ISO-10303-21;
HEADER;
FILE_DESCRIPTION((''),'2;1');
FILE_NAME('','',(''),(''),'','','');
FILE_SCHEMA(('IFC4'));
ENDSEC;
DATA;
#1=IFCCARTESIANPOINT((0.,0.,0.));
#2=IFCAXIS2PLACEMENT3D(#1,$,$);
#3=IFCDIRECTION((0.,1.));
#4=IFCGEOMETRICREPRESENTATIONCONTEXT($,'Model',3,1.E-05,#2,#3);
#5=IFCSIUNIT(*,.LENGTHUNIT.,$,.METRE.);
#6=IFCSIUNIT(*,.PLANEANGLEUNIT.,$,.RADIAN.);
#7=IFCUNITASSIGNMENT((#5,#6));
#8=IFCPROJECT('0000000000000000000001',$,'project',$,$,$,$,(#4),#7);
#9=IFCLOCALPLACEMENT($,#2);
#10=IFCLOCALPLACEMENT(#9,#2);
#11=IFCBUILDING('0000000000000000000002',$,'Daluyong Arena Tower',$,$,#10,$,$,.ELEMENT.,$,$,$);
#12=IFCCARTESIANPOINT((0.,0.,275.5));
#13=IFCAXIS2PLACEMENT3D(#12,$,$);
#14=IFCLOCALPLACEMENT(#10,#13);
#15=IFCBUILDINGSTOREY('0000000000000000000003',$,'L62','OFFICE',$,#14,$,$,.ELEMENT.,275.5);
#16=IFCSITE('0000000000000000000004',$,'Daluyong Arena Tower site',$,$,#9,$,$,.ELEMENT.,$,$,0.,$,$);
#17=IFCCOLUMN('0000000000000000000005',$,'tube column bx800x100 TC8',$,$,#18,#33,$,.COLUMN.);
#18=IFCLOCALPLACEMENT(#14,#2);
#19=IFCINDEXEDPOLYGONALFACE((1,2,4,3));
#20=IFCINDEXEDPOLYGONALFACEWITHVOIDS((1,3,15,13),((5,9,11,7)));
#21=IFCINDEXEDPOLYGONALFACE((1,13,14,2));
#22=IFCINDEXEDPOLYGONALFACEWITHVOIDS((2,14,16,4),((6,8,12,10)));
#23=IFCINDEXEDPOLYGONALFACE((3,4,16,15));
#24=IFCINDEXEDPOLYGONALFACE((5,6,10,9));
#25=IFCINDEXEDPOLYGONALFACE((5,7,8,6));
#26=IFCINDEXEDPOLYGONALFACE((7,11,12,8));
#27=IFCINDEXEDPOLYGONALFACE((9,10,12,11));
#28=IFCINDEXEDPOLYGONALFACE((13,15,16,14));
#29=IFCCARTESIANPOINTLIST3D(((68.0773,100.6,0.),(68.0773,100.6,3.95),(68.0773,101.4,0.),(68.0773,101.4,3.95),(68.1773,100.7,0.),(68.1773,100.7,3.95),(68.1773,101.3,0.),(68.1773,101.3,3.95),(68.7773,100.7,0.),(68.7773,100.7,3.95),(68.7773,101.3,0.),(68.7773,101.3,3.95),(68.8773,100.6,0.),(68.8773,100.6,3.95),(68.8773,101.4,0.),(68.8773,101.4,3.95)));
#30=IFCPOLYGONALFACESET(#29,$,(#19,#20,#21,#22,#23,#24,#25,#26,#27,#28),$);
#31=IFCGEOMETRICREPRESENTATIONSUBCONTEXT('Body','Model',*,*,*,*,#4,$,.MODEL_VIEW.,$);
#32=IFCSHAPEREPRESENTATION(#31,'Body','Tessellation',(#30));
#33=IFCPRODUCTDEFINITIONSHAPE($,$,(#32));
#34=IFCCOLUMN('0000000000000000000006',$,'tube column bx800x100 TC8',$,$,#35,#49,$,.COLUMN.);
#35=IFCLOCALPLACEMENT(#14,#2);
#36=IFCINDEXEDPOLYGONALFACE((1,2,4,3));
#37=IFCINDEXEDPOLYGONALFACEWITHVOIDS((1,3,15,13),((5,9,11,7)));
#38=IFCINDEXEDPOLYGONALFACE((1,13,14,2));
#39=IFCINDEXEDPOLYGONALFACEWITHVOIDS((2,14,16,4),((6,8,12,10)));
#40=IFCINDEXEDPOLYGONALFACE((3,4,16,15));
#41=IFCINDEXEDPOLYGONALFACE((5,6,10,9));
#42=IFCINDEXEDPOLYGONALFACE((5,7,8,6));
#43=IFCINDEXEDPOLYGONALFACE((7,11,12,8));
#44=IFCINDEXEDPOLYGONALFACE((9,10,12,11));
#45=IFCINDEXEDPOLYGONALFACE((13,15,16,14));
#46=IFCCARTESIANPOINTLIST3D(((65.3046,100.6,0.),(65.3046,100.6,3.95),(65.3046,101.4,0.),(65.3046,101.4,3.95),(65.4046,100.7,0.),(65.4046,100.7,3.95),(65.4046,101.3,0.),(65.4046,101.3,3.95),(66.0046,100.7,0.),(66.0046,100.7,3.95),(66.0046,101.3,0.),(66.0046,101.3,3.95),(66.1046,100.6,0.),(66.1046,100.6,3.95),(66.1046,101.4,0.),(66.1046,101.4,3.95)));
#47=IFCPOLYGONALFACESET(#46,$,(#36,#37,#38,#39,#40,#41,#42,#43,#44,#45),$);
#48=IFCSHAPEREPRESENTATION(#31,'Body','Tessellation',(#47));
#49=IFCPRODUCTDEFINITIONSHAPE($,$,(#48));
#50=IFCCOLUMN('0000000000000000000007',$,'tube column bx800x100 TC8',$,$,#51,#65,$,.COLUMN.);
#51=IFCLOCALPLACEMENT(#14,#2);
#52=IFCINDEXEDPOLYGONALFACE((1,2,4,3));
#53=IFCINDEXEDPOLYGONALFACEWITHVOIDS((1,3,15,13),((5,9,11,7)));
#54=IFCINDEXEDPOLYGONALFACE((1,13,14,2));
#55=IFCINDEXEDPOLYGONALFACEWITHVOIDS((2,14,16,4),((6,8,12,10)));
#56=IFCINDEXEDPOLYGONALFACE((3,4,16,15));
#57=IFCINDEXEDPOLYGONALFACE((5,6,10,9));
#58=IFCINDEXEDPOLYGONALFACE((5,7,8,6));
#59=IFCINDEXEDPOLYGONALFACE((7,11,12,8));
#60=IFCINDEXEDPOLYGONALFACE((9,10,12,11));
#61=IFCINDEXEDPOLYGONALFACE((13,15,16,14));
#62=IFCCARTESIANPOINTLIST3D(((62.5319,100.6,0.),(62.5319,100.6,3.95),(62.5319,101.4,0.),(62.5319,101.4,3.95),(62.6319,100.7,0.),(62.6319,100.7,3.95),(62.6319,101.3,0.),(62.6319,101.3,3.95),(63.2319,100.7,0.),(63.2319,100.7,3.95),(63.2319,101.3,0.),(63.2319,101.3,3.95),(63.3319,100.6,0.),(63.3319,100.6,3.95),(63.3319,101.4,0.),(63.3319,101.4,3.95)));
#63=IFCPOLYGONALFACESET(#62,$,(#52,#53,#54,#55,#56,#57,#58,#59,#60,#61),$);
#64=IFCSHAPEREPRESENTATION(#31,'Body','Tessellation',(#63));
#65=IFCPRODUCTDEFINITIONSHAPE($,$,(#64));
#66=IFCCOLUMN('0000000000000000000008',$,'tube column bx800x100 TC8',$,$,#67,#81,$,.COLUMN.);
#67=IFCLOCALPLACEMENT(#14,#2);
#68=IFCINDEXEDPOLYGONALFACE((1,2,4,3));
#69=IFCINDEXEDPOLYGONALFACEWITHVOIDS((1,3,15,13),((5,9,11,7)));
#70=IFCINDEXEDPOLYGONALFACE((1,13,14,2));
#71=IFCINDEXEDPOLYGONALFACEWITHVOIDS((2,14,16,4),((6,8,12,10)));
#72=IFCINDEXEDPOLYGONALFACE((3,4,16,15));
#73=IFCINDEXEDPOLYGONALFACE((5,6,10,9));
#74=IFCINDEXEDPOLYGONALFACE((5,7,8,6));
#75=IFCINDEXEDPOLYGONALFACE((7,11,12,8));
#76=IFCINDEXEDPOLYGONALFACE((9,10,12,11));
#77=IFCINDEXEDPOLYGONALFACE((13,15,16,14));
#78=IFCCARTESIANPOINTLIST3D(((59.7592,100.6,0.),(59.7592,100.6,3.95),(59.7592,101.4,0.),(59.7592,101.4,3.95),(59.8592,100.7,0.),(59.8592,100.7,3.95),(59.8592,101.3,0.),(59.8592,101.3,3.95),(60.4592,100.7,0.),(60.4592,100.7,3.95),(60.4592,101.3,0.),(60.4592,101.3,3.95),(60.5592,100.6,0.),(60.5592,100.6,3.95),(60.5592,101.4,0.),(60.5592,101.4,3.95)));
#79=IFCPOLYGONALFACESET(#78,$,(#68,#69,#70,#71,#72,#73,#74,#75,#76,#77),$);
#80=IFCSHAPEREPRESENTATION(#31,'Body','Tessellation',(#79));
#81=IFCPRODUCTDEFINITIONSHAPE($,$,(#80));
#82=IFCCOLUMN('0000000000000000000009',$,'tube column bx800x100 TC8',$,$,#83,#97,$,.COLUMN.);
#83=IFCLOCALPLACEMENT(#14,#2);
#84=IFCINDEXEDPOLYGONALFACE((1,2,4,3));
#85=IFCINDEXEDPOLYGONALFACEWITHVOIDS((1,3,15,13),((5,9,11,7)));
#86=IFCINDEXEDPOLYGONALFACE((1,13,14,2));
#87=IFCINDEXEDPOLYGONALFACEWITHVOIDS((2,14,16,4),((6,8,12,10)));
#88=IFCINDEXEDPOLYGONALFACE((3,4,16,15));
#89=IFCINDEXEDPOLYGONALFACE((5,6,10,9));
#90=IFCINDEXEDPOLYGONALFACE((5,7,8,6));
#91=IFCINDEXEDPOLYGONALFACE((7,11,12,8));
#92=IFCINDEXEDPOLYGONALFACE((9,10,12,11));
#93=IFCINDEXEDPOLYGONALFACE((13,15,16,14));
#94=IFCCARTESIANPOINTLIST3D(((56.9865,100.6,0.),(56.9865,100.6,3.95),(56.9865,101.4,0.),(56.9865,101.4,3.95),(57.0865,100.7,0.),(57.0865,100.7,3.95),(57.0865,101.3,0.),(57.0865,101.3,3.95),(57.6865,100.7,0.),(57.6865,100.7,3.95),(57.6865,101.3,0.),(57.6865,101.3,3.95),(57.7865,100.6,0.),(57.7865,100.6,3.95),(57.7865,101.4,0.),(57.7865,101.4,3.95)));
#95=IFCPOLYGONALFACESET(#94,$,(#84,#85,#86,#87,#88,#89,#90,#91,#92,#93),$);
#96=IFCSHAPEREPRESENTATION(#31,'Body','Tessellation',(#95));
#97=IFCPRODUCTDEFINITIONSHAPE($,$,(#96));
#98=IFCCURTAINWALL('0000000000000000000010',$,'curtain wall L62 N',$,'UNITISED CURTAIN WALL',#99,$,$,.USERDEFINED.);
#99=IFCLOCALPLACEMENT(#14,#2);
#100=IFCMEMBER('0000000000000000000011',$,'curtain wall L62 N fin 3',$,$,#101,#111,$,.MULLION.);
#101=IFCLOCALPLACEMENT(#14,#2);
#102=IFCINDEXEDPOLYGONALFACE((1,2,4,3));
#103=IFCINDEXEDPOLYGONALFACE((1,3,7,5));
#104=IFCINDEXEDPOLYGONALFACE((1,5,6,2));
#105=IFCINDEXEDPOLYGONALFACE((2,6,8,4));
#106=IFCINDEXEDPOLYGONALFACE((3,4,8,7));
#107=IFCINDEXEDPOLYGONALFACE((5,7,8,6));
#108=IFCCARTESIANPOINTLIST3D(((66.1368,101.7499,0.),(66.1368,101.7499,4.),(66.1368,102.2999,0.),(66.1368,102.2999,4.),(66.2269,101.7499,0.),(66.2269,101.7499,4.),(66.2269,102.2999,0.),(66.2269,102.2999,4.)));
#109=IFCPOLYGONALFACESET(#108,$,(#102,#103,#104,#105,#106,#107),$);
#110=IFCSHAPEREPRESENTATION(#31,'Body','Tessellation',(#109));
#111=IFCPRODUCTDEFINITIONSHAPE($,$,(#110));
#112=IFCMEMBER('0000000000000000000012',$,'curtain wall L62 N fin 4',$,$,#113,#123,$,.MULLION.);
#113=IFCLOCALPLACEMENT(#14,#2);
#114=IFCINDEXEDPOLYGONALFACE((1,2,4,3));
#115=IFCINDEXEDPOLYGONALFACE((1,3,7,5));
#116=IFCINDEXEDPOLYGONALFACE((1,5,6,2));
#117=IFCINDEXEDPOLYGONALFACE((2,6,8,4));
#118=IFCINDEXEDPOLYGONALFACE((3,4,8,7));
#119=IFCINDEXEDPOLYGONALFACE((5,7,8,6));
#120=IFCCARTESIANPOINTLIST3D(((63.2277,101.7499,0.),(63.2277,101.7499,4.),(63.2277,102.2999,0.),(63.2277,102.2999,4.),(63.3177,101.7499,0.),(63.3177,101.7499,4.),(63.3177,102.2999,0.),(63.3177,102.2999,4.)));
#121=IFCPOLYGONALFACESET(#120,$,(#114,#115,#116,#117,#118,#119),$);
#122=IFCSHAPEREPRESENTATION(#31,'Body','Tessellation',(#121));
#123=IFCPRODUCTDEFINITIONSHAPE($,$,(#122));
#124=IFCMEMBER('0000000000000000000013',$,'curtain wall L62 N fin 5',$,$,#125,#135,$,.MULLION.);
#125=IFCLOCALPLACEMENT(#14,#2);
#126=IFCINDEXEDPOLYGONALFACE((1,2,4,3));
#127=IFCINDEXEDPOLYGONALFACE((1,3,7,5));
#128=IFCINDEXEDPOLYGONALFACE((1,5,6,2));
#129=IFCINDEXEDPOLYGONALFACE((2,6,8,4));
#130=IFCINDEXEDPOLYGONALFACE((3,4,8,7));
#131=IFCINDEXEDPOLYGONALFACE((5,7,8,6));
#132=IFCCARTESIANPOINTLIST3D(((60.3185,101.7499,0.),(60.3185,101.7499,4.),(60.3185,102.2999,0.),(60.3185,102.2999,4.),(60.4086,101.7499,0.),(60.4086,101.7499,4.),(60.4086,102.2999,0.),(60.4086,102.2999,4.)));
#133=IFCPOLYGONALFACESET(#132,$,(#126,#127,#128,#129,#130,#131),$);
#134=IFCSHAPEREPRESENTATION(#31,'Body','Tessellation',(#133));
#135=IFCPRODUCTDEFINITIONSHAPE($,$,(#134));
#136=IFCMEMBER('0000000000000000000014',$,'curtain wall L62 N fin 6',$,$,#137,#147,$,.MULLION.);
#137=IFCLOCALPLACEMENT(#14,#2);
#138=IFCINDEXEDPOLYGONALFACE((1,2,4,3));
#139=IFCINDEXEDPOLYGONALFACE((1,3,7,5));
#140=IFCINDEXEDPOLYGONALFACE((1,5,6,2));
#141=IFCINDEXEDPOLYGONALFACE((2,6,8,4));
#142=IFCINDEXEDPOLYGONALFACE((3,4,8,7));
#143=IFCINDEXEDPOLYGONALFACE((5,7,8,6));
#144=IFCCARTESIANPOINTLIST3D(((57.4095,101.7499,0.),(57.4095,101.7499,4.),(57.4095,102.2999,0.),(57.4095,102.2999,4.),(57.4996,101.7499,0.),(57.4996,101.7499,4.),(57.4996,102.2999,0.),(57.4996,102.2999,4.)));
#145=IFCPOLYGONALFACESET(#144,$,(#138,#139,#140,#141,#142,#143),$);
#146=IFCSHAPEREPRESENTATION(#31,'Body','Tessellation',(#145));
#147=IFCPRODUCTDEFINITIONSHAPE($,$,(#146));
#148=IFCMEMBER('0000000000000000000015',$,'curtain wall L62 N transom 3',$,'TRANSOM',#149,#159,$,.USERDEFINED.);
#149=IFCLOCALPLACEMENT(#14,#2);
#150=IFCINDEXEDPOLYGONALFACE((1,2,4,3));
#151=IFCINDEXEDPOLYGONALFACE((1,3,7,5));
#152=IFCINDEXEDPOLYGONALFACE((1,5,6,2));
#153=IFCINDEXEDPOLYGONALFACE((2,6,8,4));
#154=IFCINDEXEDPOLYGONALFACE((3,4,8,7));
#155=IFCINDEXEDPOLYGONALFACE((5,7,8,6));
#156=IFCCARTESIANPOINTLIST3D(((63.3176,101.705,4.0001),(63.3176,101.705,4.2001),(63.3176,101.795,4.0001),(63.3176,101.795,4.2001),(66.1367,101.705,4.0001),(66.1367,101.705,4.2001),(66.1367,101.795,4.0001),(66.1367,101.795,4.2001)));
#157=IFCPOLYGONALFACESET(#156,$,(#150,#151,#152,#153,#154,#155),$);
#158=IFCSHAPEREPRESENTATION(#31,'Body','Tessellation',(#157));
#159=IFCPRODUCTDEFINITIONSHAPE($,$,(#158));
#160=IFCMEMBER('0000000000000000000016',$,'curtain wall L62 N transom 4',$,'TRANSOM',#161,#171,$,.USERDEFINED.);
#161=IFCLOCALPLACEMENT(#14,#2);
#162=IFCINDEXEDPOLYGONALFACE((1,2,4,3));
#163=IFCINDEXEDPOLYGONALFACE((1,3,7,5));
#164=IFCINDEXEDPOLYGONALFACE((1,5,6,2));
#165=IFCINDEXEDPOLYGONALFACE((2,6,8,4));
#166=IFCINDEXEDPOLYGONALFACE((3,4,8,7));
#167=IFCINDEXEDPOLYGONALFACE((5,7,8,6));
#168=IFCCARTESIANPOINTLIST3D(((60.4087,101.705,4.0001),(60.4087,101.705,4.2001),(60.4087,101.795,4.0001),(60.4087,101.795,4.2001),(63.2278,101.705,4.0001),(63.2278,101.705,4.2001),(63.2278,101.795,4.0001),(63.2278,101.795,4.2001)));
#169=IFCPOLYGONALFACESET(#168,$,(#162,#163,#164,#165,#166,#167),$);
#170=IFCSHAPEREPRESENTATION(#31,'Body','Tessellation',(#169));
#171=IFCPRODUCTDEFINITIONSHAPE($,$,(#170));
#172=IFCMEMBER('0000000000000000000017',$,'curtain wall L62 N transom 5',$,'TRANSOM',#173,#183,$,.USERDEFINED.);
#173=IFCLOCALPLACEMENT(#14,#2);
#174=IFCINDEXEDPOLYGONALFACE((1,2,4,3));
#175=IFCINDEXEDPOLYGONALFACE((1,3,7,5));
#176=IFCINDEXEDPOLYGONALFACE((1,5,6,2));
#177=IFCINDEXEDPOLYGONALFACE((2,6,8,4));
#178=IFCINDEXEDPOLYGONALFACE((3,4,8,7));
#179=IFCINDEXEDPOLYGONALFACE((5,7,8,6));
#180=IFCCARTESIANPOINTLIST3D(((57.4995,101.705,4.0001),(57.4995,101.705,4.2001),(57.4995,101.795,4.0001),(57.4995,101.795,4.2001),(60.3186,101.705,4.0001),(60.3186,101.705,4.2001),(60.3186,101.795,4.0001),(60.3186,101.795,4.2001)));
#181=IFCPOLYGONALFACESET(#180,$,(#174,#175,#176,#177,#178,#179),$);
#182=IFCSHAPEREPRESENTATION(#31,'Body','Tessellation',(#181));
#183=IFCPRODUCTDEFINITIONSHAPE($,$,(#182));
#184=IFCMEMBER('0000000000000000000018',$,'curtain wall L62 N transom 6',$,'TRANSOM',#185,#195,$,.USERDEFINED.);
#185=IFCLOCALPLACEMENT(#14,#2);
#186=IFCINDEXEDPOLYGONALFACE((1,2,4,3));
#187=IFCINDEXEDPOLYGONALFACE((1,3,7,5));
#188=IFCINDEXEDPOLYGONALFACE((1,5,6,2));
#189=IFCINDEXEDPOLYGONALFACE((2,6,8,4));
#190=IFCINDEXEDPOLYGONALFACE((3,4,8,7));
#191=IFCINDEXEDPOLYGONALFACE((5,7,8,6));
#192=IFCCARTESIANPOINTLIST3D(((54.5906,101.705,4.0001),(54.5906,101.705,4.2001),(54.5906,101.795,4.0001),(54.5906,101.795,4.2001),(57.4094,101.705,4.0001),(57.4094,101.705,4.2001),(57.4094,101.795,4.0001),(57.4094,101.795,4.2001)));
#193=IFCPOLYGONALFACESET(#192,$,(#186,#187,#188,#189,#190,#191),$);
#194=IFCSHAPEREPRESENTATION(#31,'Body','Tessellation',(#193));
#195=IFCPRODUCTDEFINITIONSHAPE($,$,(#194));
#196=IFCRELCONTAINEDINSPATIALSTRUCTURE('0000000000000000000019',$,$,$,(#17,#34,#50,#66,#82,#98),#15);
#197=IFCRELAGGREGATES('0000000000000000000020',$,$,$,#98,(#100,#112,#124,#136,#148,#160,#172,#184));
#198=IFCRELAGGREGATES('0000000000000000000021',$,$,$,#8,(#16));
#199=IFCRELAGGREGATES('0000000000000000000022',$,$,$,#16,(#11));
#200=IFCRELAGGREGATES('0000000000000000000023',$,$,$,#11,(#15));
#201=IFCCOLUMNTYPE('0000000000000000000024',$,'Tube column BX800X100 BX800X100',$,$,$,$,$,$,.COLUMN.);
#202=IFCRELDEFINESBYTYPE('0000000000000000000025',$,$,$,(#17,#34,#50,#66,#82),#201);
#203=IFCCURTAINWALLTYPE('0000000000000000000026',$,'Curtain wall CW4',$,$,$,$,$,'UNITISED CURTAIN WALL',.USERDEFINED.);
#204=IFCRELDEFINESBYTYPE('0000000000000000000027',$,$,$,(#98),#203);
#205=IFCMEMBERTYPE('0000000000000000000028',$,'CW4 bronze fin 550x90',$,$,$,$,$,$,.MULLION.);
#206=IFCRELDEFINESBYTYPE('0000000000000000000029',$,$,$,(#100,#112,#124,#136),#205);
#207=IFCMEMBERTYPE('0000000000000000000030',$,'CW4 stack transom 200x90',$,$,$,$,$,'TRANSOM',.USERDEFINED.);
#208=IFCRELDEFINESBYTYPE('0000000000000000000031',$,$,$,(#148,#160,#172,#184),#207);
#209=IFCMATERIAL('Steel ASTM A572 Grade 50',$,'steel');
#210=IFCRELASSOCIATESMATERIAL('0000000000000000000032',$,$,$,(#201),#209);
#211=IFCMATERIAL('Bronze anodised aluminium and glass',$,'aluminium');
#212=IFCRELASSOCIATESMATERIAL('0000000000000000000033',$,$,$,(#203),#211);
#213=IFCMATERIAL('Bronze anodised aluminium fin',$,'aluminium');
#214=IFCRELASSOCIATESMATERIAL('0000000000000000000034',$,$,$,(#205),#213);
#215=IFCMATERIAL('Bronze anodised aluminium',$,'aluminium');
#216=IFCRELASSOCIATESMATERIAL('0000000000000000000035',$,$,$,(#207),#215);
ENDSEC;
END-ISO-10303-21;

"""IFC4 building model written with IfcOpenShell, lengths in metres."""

from ifc_helpers import new_model, si_unit, direction, frame, origin, origin_2d, place, context, subcontext, project, spatial, rectangle, hollow_rectangle, extrude, material, material_profile, profile_set, type_object, element, aggregate, save


model = new_model("IFC4")

# Units and contexts
model_context = context("Model", 3, precision=1e-05, world=origin(), true_north=direction((0.0, 1.0)))
body_context = subcontext(model_context, "Body", "Model", "MODEL_VIEW")
ifc_project = project(units=[si_unit("LENGTHUNIT", "METRE"), si_unit("PLANEANGLEUNIT", "RADIAN")], contexts=[model_context])

# Site, building, storey
site_placement = place(None, origin())
site = spatial("IfcSite", under=ifc_project, at=site_placement, Name="Daluyong Arena Tower site", CompositionType="ELEMENT", RefElevation=0.0)
building_placement = place(site_placement, origin())
building = spatial("IfcBuilding", under=site, at=building_placement, Name="Daluyong Arena Tower", CompositionType="ELEMENT")
storey_placement = place(building_placement, frame((0.0, 0.0, 275.5)))
storey = spatial("IfcBuildingStorey", under=building, at=storey_placement, Name="L62", Description="OFFICE", CompositionType="ELEMENT", Elevation=275.5)

# Columns
ifc_material_1 = material(Name="Steel ASTM A572 Grade 50", Category="steel")
ifc_material_profile_1 = material_profile(ifc_material_1, hollow_rectangle(XDim=0.8, YDim=0.8, WallThickness=0.1, at=origin_2d()))
ifc_profile_set_1 = profile_set([ifc_material_profile_1], Name="Steel ASTM A572 Grade 50")
column_type = type_object("IfcColumnType", Name="Tube column BX800X100 BX800X100", PredefinedType="COLUMN", material=ifc_profile_set_1)
for number, where, z_axis, x_axis, name in (
    (1, (68.4773, 101.0, 0.0), (0.0, 0.0, 1.0), (1.0, 0.0, 0.0), "tube column bx800x100 TC8"),
    (2, (65.7046, 101.0, 0.0), (0.0, 0.0, 1.0), (1.0, 0.0, 0.0), "tube column bx800x100 TC8"),
    (3, (62.9319, 101.0, 0.0), (0.0, 0.0, 1.0), (1.0, 0.0, 0.0), "tube column bx800x100 TC8"),
    (4, (60.1592, 101.0, 0.0), (0.0, 0.0, 1.0), (1.0, 0.0, 0.0), "tube column bx800x100 TC8"),
    (5, (57.3865, 101.0, 0.0), (0.0, 0.0, 1.0), (1.0, 0.0, 0.0), "tube column bx800x100 TC8"),
):
    element("IfcColumn", number, at=place(storey_placement, frame(where, z_axis=z_axis, x_axis=x_axis)), inside=storey, type_object=column_type, Name=name, PredefinedType="COLUMN", context=body_context, shape_type="SweptSolid", body=[
        extrude(hollow_rectangle(XDim=0.8, YDim=0.8, WallThickness=0.1, at=origin_2d()), origin(), (0.0, 0.0, 1.0), 3.95),
    ])

# Curtain wall, members
ifc_material_2 = material(Name="Bronze anodised aluminium and glass", Category="aluminium")
curtain_wall_type = type_object("IfcCurtainWallType", Name="Curtain wall CW4", ElementType="UNITISED CURTAIN WALL", PredefinedType="USERDEFINED", material=ifc_material_2)
curtain_wall_placement = place(storey_placement, origin())
curtain_wall = element("IfcCurtainWall", 6, at=curtain_wall_placement, inside=storey, type_object=curtain_wall_type, Name="curtain wall L62 N", ObjectType="UNITISED CURTAIN WALL", PredefinedType="USERDEFINED")
ifc_material_3 = material(Name="Bronze anodised aluminium fin", Category="aluminium")
ifc_material_profile_2 = material_profile(ifc_material_3, rectangle(XDim=0.55, YDim=0.0901, at=origin_2d()))
ifc_profile_set_2 = profile_set([ifc_material_profile_2], Name="Bronze anodised aluminium fin")
member_type_1 = type_object("IfcMemberType", Name="CW4 bronze fin 550x90", PredefinedType="MULLION", material=ifc_profile_set_2)
member_1_placement = place(storey_placement, frame((66.1819, 102.0249, 0.0), z_axis=(0.0, 0.0, 1.0), x_axis=(0.0, -1.0, 0.0)))
member_1 = element("IfcMember", 7, at=member_1_placement, type_object=member_type_1, Name="curtain wall L62 N fin 3", PredefinedType="MULLION", context=body_context, shape_type="SweptSolid", body=[
    extrude(rectangle(XDim=0.55, YDim=0.0901, at=origin_2d()), origin(), (0.0, 0.0, 1.0), 4.0),
])
member_2_placement = place(storey_placement, frame((63.2727, 102.0249, 0.0), z_axis=(0.0, 0.0, 1.0), x_axis=(0.0, -1.0, 0.0)))
member_2 = element("IfcMember", 8, at=member_2_placement, type_object=member_type_1, Name="curtain wall L62 N fin 4", PredefinedType="MULLION", context=body_context, shape_type="SweptSolid", body=[
    extrude(rectangle(XDim=0.55, YDim=0.0901, at=origin_2d()), origin(), (0.0, 0.0, 1.0), 4.0),
])
member_3_placement = place(storey_placement, frame((60.3635, 102.0249, 0.0), z_axis=(0.0, 0.0, 1.0), x_axis=(0.0, -1.0, 0.0)))
member_3 = element("IfcMember", 9, at=member_3_placement, type_object=member_type_1, Name="curtain wall L62 N fin 5", PredefinedType="MULLION", context=body_context, shape_type="SweptSolid", body=[
    extrude(rectangle(XDim=0.55, YDim=0.0901, at=origin_2d()), origin(), (0.0, 0.0, 1.0), 4.0),
])
member_4_placement = place(storey_placement, frame((57.4546, 102.0249, 0.0), z_axis=(0.0, 0.0, 1.0), x_axis=(0.0, -1.0, 0.0)))
member_4 = element("IfcMember", 10, at=member_4_placement, type_object=member_type_1, Name="curtain wall L62 N fin 6", PredefinedType="MULLION", context=body_context, shape_type="SweptSolid", body=[
    extrude(rectangle(XDim=0.55, YDim=0.0901, at=origin_2d()), origin(), (0.0, 0.0, 1.0), 4.0),
])
ifc_material_4 = material(Name="Bronze anodised aluminium", Category="aluminium")
ifc_material_profile_3 = material_profile(ifc_material_4, rectangle(XDim=0.0901, YDim=0.2, at=origin_2d()))
ifc_profile_set_3 = profile_set([ifc_material_profile_3], Name="Bronze anodised aluminium")
member_type_2 = type_object("IfcMemberType", Name="CW4 stack transom 200x90", ElementType="TRANSOM", PredefinedType="USERDEFINED", material=ifc_profile_set_3)
member_5_placement = place(storey_placement, frame((66.1367, 101.75, 4.1001), z_axis=(-1.0, 0.0, 0.0), x_axis=(0.0, -1.0, 0.0)))
member_5 = element("IfcMember", 11, at=member_5_placement, type_object=member_type_2, Name="curtain wall L62 N transom 3", ObjectType="TRANSOM", PredefinedType="USERDEFINED", context=body_context, shape_type="SweptSolid", body=[
    extrude(rectangle(XDim=0.0901, YDim=0.2, at=origin_2d()), origin(), (0.0, 0.0, 1.0), 2.8191),
])
member_6_placement = place(storey_placement, frame((63.2278, 101.75, 4.1001), z_axis=(-1.0, 0.0, 0.0), x_axis=(0.0, -1.0, 0.0)))
member_6 = element("IfcMember", 12, at=member_6_placement, type_object=member_type_2, Name="curtain wall L62 N transom 4", ObjectType="TRANSOM", PredefinedType="USERDEFINED", context=body_context, shape_type="SweptSolid", body=[
    extrude(rectangle(XDim=0.0901, YDim=0.2, at=origin_2d()), origin(), (0.0, 0.0, 1.0), 2.8191),
])
member_7_placement = place(storey_placement, frame((60.3186, 101.75, 4.1001), z_axis=(-1.0, 0.0, 0.0), x_axis=(0.0, -1.0, 0.0)))
member_7 = element("IfcMember", 13, at=member_7_placement, type_object=member_type_2, Name="curtain wall L62 N transom 5", ObjectType="TRANSOM", PredefinedType="USERDEFINED", context=body_context, shape_type="SweptSolid", body=[
    extrude(rectangle(XDim=0.0901, YDim=0.2, at=origin_2d()), origin(), (0.0, 0.0, 1.0), 2.8191),
])
member_8_placement = place(storey_placement, frame((57.4094, 101.75, 4.1001), z_axis=(-1.0, 0.0, 0.0), x_axis=(0.0, -1.0, 0.0)))
member_8 = element("IfcMember", 14, at=member_8_placement, type_object=member_type_2, Name="curtain wall L62 N transom 6", ObjectType="TRANSOM", PredefinedType="USERDEFINED", context=body_context, shape_type="SweptSolid", body=[
    extrude(rectangle(XDim=0.0901, YDim=0.2, at=origin_2d()), origin(), (0.0, 0.0, 1.0), 2.8188),
])

aggregate(curtain_wall, [member_1, member_2, member_3, member_4, member_5, member_6, member_7, member_8])

save(model, "model.ifc")
